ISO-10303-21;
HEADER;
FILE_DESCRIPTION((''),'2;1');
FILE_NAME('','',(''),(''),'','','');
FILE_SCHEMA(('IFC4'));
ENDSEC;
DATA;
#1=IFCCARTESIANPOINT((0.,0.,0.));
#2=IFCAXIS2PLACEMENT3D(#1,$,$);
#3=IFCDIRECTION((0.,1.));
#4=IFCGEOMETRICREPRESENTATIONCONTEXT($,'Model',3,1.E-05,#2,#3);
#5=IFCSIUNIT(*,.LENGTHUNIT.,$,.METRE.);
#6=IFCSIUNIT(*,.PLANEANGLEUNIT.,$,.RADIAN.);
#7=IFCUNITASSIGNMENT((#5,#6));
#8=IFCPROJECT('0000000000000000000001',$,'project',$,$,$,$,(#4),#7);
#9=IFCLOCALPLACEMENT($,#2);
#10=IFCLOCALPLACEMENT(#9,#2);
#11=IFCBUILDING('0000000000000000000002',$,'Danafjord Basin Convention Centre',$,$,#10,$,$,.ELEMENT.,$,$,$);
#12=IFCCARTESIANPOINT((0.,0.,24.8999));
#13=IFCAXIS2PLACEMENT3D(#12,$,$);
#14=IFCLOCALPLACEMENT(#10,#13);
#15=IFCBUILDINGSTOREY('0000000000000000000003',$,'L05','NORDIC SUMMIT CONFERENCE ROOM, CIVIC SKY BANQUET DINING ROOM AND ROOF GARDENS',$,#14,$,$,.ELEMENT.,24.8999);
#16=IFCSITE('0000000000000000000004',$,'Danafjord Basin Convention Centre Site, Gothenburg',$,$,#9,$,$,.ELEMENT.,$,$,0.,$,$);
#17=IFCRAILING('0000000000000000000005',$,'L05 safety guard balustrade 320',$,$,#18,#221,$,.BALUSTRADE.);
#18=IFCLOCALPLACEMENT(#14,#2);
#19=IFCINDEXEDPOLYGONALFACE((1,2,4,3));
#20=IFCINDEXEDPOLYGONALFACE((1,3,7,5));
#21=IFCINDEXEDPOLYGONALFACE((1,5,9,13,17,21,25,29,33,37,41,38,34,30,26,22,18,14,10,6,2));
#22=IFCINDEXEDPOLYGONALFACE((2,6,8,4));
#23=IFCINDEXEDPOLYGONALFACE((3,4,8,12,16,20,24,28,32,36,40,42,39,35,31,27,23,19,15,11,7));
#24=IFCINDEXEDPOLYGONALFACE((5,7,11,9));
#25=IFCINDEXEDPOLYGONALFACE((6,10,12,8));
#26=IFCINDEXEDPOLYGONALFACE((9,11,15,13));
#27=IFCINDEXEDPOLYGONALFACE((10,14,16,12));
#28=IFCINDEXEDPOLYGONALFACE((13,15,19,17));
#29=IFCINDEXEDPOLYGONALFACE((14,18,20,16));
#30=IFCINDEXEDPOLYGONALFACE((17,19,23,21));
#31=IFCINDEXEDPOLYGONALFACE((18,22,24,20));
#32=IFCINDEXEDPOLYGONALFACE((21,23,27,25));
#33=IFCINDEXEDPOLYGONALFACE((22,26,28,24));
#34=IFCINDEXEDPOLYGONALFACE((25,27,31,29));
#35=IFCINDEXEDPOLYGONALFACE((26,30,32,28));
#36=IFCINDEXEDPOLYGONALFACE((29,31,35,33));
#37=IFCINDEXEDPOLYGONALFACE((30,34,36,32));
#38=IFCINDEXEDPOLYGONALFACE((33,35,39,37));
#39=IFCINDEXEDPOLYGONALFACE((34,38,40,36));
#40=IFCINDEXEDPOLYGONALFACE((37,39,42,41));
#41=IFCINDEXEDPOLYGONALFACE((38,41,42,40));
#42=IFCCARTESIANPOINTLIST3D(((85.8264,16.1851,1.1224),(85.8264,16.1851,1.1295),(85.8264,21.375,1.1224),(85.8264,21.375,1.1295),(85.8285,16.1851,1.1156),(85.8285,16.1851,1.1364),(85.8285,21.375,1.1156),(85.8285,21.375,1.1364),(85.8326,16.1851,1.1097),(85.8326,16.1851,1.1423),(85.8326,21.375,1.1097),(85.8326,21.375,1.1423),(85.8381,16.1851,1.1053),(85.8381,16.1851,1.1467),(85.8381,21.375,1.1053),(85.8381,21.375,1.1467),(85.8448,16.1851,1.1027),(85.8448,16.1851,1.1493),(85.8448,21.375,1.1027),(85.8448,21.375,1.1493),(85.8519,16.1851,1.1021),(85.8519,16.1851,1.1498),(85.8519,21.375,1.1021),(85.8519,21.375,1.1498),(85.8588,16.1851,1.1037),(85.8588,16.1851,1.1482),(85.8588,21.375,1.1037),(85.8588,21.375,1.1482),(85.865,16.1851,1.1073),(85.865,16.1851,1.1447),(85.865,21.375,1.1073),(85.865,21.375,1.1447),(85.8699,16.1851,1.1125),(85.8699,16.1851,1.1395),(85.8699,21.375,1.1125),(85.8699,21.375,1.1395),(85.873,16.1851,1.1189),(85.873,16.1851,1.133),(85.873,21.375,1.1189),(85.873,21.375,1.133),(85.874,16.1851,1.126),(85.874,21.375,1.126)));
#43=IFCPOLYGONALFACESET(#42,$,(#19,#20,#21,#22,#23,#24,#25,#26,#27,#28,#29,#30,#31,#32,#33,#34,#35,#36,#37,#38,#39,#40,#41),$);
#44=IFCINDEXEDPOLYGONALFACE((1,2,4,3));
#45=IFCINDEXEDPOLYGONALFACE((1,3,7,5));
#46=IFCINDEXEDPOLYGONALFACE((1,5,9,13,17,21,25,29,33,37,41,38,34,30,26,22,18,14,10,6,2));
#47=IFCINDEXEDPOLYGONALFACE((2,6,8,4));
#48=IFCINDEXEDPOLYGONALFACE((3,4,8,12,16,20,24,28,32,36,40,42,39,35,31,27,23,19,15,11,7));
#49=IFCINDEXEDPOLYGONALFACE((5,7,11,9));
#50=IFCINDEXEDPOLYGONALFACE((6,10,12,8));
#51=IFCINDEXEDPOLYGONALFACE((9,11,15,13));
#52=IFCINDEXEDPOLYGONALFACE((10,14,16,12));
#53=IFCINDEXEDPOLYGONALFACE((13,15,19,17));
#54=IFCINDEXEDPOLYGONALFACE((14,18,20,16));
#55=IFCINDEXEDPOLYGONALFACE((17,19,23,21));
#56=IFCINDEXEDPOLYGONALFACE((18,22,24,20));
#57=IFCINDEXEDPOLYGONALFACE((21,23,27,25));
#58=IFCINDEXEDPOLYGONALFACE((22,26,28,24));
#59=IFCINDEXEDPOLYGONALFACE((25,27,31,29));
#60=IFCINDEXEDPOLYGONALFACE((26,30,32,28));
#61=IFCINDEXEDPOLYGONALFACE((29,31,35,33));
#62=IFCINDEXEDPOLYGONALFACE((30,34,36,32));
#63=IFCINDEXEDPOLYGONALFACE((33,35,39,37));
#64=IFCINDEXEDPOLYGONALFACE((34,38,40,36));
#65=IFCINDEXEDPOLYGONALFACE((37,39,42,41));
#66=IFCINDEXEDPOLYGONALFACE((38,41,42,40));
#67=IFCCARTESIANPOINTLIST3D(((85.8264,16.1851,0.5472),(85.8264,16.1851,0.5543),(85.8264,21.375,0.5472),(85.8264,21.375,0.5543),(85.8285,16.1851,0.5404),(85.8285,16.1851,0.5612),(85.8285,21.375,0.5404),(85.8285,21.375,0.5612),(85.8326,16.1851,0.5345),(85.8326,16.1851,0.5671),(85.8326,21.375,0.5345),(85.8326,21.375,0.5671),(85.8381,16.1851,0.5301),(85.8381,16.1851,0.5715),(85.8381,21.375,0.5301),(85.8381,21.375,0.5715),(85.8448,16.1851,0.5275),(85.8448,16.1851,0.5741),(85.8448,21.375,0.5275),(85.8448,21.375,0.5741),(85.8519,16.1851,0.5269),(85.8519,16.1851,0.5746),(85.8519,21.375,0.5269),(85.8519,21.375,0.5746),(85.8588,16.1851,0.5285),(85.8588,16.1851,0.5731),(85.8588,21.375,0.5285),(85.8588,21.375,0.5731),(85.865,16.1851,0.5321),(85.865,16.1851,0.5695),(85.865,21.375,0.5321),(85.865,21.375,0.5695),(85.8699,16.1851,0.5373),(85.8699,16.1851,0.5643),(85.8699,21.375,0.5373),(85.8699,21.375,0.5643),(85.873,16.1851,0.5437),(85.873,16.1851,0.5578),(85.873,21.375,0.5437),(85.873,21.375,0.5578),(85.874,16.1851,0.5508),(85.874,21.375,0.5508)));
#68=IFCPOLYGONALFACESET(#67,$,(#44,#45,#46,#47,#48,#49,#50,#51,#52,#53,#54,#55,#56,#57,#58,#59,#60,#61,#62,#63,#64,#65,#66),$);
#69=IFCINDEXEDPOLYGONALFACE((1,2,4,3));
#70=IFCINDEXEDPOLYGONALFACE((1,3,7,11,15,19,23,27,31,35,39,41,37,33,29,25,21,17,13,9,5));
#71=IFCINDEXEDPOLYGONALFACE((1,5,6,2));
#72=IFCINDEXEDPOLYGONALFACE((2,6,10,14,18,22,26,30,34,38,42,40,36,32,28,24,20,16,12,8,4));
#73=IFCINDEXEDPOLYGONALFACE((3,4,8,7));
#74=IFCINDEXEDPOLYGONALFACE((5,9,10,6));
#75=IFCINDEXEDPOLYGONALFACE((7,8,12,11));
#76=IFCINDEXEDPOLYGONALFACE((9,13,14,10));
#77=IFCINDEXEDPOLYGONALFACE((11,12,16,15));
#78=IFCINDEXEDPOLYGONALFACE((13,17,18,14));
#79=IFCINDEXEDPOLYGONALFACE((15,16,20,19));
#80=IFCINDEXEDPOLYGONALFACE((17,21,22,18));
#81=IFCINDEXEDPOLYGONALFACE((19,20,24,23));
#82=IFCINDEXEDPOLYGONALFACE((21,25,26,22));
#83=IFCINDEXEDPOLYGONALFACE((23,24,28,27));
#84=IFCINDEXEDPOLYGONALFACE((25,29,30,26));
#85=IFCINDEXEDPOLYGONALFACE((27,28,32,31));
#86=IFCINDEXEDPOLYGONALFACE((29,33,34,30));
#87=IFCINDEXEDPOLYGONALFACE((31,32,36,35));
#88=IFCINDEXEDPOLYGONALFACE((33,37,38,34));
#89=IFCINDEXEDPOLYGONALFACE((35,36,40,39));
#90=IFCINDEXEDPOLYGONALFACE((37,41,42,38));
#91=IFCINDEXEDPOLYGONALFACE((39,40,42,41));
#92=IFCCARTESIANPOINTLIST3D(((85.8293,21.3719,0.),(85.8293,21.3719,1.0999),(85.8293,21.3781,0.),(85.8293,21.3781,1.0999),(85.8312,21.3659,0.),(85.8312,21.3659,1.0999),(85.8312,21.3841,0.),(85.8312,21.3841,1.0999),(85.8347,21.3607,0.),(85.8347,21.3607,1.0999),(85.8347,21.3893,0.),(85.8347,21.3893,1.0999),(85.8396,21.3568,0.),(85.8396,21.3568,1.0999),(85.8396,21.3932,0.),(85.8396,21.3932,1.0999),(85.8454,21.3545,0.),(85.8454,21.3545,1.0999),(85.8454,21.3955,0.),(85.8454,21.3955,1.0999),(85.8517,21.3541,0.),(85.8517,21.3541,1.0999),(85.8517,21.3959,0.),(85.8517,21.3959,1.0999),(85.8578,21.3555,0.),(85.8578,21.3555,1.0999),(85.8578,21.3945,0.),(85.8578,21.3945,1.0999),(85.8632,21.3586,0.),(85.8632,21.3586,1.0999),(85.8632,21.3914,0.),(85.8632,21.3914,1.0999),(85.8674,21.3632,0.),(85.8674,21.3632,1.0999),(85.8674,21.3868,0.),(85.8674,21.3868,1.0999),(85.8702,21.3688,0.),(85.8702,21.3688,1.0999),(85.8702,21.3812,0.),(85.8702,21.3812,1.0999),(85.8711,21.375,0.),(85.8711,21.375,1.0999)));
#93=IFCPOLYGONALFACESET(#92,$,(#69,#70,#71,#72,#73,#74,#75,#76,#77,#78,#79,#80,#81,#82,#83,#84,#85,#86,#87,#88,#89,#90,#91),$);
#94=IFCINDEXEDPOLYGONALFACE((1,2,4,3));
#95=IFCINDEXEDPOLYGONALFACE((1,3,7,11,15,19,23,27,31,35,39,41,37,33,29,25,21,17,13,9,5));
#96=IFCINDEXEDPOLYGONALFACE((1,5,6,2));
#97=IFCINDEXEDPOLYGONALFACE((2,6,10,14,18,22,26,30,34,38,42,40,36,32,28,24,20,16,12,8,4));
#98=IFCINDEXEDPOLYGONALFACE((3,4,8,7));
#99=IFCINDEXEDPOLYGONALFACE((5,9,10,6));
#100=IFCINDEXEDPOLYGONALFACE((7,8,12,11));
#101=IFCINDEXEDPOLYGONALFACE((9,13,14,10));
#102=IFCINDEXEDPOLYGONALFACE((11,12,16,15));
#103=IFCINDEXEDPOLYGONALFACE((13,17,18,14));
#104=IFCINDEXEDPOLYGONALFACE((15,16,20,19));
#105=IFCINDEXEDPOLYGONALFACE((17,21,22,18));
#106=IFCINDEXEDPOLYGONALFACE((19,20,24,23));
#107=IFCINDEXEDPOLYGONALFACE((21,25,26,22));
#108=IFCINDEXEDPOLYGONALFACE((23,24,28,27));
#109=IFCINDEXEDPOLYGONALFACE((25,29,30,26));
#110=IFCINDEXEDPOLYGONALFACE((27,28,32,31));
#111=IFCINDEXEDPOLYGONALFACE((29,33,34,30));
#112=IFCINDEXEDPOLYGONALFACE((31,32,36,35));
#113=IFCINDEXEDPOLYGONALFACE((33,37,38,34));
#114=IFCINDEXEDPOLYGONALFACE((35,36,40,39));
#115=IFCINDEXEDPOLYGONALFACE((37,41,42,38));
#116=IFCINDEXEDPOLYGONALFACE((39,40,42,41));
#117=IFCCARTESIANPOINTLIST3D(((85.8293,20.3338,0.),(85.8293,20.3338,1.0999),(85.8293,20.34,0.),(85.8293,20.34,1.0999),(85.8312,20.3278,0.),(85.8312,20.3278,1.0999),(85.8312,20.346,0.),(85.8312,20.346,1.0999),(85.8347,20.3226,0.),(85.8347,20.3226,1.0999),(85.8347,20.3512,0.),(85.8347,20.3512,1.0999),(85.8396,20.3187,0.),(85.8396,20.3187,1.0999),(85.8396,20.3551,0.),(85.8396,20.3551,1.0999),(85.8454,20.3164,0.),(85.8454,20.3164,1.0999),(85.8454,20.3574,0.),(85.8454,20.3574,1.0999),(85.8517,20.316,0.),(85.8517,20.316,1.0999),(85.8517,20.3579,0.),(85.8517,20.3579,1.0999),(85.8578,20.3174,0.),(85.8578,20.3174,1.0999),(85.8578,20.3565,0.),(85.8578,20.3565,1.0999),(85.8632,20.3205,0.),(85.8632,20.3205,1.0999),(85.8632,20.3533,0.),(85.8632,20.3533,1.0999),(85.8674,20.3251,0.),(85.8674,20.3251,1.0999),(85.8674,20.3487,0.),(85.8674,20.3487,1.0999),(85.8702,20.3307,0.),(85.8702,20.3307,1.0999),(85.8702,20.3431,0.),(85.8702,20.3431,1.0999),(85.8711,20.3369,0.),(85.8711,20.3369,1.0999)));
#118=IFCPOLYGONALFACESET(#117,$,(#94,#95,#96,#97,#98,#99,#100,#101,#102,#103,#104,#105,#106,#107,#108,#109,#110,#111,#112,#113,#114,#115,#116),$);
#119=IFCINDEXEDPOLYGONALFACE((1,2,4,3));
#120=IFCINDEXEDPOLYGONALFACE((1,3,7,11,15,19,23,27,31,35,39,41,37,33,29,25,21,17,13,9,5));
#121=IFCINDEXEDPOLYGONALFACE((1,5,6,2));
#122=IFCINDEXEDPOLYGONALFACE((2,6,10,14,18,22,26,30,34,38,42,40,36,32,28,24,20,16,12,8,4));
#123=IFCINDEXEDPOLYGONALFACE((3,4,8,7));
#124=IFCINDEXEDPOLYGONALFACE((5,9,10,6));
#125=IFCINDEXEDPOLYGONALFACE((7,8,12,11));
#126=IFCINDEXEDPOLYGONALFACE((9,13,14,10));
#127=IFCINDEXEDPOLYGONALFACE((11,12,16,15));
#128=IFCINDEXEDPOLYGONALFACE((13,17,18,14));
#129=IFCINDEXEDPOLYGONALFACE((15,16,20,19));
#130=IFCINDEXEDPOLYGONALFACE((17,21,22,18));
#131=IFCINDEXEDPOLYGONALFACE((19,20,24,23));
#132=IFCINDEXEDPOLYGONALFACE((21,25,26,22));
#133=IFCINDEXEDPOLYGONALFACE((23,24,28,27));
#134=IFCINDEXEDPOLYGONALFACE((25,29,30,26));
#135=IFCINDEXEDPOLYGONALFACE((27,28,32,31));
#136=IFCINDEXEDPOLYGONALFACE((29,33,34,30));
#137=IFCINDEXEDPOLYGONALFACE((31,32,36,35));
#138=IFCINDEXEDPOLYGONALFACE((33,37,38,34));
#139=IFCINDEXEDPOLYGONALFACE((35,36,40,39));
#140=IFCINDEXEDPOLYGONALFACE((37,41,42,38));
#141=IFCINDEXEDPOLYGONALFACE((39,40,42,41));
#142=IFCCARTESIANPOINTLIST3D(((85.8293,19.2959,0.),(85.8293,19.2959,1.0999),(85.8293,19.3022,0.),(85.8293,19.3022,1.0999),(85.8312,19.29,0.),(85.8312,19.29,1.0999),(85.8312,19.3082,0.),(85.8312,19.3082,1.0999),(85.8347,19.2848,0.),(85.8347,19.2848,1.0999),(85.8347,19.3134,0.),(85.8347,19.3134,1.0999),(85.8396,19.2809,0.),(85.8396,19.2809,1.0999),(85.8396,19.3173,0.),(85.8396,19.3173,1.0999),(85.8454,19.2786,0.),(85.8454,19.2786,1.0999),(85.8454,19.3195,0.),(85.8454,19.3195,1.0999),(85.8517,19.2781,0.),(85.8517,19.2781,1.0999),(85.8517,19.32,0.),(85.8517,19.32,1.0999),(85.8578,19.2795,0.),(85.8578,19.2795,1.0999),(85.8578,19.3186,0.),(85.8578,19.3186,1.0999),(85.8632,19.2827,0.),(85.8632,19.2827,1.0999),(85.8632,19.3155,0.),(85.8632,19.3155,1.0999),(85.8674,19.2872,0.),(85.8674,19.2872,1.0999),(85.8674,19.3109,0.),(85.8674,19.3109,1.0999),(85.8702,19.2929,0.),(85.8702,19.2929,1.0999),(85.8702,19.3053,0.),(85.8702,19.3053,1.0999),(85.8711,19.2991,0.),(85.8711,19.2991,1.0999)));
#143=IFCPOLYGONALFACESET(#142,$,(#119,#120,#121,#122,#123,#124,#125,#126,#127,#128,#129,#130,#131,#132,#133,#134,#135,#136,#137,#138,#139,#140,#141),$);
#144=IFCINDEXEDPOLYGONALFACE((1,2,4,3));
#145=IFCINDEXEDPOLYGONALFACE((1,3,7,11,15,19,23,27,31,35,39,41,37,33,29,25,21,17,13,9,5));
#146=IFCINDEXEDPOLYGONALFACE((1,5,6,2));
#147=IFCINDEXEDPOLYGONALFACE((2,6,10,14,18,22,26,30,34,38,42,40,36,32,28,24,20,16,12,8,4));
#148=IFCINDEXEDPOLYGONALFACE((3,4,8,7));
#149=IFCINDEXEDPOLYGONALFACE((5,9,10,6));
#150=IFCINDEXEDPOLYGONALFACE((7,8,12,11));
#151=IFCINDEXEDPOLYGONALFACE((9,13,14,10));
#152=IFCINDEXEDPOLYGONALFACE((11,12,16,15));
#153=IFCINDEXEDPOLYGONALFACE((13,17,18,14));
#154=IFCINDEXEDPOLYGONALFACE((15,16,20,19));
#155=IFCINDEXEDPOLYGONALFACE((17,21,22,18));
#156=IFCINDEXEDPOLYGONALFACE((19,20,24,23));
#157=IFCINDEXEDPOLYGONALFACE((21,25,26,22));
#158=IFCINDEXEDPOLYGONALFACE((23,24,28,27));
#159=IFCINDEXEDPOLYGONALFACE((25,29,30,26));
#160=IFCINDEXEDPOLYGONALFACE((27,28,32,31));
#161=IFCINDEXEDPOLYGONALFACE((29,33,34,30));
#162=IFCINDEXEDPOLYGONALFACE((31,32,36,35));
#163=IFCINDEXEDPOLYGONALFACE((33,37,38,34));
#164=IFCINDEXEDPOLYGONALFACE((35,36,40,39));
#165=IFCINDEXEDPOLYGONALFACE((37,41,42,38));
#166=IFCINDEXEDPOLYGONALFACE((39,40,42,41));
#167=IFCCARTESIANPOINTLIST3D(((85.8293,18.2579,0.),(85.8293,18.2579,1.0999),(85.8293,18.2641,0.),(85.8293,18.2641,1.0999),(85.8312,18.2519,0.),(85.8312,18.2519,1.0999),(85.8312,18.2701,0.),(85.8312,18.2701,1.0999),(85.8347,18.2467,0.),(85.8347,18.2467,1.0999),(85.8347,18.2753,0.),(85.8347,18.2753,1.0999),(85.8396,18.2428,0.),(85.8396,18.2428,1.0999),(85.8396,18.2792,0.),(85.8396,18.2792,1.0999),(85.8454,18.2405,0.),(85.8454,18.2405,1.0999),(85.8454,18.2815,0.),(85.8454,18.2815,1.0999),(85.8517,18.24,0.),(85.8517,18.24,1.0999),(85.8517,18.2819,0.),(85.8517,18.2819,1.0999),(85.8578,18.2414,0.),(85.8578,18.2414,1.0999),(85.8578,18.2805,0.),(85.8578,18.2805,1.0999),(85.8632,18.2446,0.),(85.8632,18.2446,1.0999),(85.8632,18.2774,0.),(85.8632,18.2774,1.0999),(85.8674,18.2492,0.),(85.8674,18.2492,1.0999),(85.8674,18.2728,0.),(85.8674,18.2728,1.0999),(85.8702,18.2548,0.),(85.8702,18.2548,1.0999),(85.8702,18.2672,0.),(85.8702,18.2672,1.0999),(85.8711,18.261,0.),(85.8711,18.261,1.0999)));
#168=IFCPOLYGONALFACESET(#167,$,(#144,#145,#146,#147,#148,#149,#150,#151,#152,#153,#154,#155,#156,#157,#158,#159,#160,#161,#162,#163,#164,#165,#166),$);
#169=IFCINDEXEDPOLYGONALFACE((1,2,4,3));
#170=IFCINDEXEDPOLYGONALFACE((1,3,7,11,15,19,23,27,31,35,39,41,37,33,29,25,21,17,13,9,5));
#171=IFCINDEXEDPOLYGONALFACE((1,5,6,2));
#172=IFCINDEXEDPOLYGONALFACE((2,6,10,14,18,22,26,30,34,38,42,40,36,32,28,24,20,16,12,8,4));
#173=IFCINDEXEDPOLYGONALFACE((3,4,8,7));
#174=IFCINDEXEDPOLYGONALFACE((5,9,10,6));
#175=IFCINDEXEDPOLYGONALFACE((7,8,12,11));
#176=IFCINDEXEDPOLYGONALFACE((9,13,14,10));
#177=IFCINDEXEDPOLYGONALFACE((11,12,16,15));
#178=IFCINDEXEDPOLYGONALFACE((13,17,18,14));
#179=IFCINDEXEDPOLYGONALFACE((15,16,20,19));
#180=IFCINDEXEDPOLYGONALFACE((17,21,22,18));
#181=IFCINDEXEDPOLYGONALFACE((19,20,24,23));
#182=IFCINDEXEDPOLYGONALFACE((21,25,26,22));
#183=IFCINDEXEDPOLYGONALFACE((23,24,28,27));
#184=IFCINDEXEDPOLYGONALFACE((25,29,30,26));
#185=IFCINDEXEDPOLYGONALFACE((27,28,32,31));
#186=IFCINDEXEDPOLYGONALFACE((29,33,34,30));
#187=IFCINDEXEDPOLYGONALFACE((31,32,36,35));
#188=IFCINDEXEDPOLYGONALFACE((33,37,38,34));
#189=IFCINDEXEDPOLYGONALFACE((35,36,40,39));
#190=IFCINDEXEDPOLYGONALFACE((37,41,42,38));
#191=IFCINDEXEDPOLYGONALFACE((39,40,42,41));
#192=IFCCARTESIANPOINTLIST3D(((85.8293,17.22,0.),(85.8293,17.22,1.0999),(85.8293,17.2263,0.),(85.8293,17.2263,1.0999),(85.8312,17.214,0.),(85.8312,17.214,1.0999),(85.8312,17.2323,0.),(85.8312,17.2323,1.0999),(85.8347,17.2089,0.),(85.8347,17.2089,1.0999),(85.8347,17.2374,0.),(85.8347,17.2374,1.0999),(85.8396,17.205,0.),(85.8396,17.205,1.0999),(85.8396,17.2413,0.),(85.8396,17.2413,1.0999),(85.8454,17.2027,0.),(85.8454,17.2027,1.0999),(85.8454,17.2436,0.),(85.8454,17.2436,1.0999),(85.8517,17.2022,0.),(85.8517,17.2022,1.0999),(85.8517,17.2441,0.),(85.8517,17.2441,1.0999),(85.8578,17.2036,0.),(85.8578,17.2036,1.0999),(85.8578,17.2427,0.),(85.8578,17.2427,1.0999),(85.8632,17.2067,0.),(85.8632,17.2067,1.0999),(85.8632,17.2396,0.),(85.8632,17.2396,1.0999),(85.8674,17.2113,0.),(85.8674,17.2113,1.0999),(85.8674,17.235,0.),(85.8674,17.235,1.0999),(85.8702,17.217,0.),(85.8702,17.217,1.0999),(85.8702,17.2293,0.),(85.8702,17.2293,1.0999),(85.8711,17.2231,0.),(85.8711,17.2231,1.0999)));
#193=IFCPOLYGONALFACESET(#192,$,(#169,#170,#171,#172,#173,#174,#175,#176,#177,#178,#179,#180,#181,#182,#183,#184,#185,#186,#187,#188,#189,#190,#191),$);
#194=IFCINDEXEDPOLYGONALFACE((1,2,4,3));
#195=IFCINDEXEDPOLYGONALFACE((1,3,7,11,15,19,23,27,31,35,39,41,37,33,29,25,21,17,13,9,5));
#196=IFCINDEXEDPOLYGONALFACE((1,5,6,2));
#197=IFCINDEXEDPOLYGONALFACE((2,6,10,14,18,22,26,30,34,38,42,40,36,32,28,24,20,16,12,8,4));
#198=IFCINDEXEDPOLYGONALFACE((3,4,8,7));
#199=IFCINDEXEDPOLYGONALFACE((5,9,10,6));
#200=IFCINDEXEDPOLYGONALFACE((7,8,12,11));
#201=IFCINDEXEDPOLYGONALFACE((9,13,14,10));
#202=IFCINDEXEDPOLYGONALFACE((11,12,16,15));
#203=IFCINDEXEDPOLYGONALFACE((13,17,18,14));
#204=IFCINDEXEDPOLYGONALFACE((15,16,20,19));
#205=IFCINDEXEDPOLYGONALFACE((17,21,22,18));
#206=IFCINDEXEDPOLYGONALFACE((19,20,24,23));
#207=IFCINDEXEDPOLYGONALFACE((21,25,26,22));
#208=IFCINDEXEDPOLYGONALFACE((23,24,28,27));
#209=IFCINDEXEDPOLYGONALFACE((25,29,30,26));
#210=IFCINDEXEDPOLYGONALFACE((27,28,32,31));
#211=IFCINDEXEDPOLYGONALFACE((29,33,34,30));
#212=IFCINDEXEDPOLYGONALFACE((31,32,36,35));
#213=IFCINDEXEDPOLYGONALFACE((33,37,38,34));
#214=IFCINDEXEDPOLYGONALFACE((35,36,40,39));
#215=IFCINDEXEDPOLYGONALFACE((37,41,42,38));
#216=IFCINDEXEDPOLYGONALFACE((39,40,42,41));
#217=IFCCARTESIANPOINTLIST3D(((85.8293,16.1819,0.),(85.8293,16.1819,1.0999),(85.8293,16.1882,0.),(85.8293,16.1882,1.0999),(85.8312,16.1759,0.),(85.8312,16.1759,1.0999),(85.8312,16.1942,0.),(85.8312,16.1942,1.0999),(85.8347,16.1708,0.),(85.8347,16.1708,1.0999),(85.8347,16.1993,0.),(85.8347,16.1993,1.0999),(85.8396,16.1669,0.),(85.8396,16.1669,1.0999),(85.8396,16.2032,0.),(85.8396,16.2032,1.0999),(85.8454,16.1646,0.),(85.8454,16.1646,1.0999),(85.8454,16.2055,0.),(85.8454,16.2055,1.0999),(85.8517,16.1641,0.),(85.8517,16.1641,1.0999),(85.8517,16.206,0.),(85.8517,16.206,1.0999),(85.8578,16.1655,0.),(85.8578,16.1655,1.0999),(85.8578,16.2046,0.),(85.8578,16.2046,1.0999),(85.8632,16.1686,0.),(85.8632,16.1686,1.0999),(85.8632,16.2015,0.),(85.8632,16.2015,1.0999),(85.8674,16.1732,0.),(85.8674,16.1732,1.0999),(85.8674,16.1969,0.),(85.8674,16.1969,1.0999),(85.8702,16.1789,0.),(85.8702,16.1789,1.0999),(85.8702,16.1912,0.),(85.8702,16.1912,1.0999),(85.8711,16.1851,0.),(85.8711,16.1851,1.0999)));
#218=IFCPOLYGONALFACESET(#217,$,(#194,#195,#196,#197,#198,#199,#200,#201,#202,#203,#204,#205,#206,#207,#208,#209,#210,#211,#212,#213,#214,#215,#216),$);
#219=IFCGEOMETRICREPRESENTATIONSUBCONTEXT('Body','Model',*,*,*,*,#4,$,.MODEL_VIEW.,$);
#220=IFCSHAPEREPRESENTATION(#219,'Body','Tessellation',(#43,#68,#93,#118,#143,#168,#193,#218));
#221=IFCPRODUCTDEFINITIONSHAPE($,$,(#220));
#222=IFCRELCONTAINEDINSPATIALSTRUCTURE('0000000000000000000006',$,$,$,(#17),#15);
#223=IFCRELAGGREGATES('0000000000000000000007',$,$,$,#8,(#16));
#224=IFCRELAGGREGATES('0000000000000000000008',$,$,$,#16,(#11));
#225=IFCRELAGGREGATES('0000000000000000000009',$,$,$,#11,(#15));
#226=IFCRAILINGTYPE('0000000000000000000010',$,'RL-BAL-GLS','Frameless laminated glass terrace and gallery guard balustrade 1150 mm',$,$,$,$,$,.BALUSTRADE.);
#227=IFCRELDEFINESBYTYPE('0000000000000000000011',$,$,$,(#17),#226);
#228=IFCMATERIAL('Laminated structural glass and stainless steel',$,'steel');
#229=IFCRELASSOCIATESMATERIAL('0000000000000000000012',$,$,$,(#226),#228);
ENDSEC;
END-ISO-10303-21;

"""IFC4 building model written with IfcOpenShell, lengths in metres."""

from ifc_helpers import new_model, si_unit, direction, frame, origin, origin_2d, place, context, subcontext, project, spatial, circle, extrude, material, type_object, element, save


model = new_model("IFC4")

# Units and contexts
model_context = context("Model", 3, precision=1e-05, world=origin(), true_north=direction((0.0, 1.0)))
body_context = subcontext(model_context, "Body", "Model", "MODEL_VIEW")
ifc_project = project(units=[si_unit("LENGTHUNIT", "METRE"), si_unit("PLANEANGLEUNIT", "RADIAN")], contexts=[model_context])

# Site, building, storey
site_placement = place(None, origin())
site = spatial("IfcSite", under=ifc_project, at=site_placement, Name="Danafjord Basin Convention Centre Site, Gothenburg", CompositionType="ELEMENT", RefElevation=0.0)
building_placement = place(site_placement, origin())
building = spatial("IfcBuilding", under=site, at=building_placement, Name="Danafjord Basin Convention Centre", CompositionType="ELEMENT")
storey_placement = place(building_placement, frame((0.0, 0.0, 24.8999)))
storey = spatial("IfcBuildingStorey", under=building, at=storey_placement, Name="L05", Description="NORDIC SUMMIT CONFERENCE ROOM, CIVIC SKY BANQUET DINING ROOM AND ROOF GARDENS", CompositionType="ELEMENT", Elevation=24.8999)

# Railing
ifc_material_1 = material(Name="Laminated structural glass and stainless steel", Category="steel")
railing_type_1 = type_object("IfcRailingType", Name="RL-BAL-GLS", Description="Frameless laminated glass terrace and gallery guard balustrade 1150 mm", PredefinedType="BALUSTRADE", material=ifc_material_1)
railing_1_placement = place(storey_placement, frame((85.8501, 21.375, 0.0)))
element("IfcRailing", 1, at=railing_1_placement, inside=storey, type_object=railing_type_1, Name="L05 safety guard balustrade 320", PredefinedType="BALUSTRADE", context=body_context, shape_type="SweptSolid", body=[
    extrude(circle(Radius=0.0239, at=origin_2d()), frame((0.0, 0.0, 1.126), z_axis=(0.0, -1.0, 0.0), x_axis=(1.0, 0.0, 0.0)), (0.0, 0.0, 1.0), 5.1899),
    extrude(circle(Radius=0.0239, at=origin_2d()), frame((0.0, 0.0, 0.5508), z_axis=(0.0, -1.0, 0.0), x_axis=(1.0, 0.0, 0.0)), (0.0, 0.0, 1.0), 5.1899),
    extrude(circle(Radius=0.021, at=origin_2d()), origin(), (0.0, 0.0, 1.0), 1.0999),
    extrude(circle(Radius=0.021, at=origin_2d()), frame((0.0, -1.0381, 0.0)), (0.0, 0.0, 1.0), 1.0999),
    extrude(circle(Radius=0.021, at=origin_2d()), frame((0.0, -2.0759, 0.0)), (0.0, 0.0, 1.0), 1.0999),
    extrude(circle(Radius=0.021, at=origin_2d()), frame((0.0, -3.114, 0.0)), (0.0, 0.0, 1.0), 1.0999),
    extrude(circle(Radius=0.021, at=origin_2d()), frame((0.0, -4.1519, 0.0)), (0.0, 0.0, 1.0), 1.0999),
    extrude(circle(Radius=0.021, at=origin_2d()), frame((0.0, -5.1899, 0.0)), (0.0, 0.0, 1.0), 1.0999),
])

save(model, "model.ifc")
